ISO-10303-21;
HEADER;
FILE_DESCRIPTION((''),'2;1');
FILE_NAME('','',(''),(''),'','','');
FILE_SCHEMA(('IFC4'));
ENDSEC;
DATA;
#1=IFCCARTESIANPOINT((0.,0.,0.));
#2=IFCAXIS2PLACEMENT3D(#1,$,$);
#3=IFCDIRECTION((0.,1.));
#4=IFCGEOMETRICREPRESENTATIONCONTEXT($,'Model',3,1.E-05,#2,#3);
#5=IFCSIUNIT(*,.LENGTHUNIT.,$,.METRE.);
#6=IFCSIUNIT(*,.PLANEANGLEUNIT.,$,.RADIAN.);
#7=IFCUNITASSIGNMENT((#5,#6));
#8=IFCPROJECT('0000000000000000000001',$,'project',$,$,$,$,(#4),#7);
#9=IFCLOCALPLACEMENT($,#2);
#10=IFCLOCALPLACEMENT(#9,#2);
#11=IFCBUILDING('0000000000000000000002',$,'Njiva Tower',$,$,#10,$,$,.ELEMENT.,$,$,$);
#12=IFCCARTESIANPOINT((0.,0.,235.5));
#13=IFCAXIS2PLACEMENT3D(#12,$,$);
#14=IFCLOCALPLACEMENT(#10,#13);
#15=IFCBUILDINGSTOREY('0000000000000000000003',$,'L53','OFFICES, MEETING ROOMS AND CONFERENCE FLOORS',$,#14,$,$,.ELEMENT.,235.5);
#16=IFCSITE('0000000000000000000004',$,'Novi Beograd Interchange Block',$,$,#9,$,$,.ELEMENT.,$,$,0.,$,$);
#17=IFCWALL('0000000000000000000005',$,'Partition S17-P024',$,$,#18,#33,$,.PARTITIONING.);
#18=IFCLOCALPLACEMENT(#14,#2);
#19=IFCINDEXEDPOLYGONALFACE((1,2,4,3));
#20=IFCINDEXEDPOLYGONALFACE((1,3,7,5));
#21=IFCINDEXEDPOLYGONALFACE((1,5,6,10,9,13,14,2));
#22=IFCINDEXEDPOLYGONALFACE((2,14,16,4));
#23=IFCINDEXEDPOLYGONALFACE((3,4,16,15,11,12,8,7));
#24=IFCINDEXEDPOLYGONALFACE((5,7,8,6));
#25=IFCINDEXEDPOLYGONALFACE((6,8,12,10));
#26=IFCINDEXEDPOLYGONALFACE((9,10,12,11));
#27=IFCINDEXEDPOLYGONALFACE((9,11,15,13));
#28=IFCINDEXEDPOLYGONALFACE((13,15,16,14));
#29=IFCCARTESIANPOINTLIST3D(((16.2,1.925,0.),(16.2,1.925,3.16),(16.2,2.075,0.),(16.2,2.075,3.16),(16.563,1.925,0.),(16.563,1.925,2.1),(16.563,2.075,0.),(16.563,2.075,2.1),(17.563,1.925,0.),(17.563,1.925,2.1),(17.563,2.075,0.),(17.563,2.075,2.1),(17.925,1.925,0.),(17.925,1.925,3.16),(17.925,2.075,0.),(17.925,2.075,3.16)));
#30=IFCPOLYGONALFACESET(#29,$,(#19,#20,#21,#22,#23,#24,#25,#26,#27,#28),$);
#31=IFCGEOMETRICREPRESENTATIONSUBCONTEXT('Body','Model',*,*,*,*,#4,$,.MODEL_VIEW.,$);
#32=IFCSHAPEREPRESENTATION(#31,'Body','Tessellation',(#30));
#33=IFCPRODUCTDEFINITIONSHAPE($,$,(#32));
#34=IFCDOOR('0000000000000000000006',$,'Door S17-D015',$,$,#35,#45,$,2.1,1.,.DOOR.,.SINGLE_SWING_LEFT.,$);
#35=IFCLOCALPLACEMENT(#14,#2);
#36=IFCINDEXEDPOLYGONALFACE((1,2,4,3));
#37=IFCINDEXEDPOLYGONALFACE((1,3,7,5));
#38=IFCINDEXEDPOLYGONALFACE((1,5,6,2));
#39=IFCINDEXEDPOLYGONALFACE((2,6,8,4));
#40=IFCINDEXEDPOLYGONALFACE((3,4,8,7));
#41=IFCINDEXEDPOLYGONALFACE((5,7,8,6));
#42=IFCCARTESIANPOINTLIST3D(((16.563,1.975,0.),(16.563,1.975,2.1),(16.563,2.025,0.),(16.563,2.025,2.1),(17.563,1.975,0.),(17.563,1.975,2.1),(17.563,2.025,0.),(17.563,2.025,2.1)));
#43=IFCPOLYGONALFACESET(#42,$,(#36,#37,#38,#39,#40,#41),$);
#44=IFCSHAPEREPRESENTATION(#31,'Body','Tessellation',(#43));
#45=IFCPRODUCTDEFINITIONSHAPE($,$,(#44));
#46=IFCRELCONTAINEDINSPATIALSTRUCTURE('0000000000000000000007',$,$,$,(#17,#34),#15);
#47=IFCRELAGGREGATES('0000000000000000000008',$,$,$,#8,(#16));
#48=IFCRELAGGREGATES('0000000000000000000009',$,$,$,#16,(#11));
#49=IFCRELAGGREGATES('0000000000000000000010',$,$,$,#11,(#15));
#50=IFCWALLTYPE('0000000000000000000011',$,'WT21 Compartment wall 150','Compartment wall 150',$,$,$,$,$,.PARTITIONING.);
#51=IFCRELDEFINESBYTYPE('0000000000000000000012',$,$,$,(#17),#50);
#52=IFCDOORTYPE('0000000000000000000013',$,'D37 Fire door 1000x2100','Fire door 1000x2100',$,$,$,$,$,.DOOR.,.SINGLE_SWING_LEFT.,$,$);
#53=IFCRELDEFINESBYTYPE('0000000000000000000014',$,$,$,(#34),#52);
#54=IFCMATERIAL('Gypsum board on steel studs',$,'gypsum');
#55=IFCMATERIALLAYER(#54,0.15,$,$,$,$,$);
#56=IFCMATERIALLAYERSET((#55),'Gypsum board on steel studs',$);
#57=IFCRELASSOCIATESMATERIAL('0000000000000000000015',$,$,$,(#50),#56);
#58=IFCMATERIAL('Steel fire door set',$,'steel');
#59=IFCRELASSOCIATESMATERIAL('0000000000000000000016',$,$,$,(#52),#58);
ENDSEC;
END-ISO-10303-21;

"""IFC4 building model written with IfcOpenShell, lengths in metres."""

from ifc_helpers import new_model, si_unit, direction, frame, frame_2d, origin, place, context, subcontext, project, spatial, rectangle, extrude, material, layer, layer_set, type_object, element, fill, save


model = new_model("IFC4")

# Units and contexts
model_context = context("Model", 3, precision=1e-05, world=origin(), true_north=direction((0.0, 1.0)))
body_context = subcontext(model_context, "Body", "Model", "MODEL_VIEW")
ifc_project = project(units=[si_unit("LENGTHUNIT", "METRE"), si_unit("PLANEANGLEUNIT", "RADIAN")], contexts=[model_context])

# Site, building, storey
site_placement = place(None, origin())
site = spatial("IfcSite", under=ifc_project, at=site_placement, Name="Novi Beograd Interchange Block", CompositionType="ELEMENT", RefElevation=0.0)
building_placement = place(site_placement, origin())
building = spatial("IfcBuilding", under=site, at=building_placement, Name="Njiva Tower", CompositionType="ELEMENT")
storey_placement = place(building_placement, frame((0.0, 0.0, 235.5)))
storey = spatial("IfcBuildingStorey", under=building, at=storey_placement, Name="L53", Description="OFFICES, MEETING ROOMS AND CONFERENCE FLOORS", CompositionType="ELEMENT", Elevation=235.5)

# Shared definitions
ifc_material_1 = material(Name="Gypsum board on steel studs", Category="gypsum")

# Wall, opening, door
ifc_layer_1 = layer(ifc_material_1, 0.15)
ifc_layer_set_1 = layer_set([ifc_layer_1], Name="Gypsum board on steel studs")
wall_type_1 = type_object("IfcWallType", Name="WT21 Compartment wall 150", Description="Compartment wall 150", PredefinedType="PARTITIONING", material=ifc_layer_set_1)
wall_1_placement = place(storey_placement, frame((16.2, 2.0, 0.0), z_axis=(0.0, 0.0, 1.0), x_axis=(1.0, 0.0, 0.0)))
wall_1 = element("IfcWall", 1, at=wall_1_placement, inside=storey, type_object=wall_type_1, Name="Partition S17-P024", PredefinedType="PARTITIONING", context=body_context, shape_type="SweptSolid", body=[
    extrude(rectangle(XDim=1.725, YDim=0.15, at=frame_2d((0.8625, 0.0))), origin(), (0.0, 0.0, 1.0), 3.16),
])
opening_1_placement = place(wall_1_placement, frame((0.363, 0.0, 0.0)))
opening_1 = element("IfcOpeningElement", 2, at=opening_1_placement, cuts=wall_1, PredefinedType="OPENING", context=body_context, shape_type="SweptSolid", body=[
    extrude(rectangle(XDim=1.0, YDim=2.1, at=frame_2d((0.5, 1.05))), frame((0.0, 0.085, 0.0), z_axis=(0.0, -1.0, 0.0), x_axis=(1.0, 0.0, 0.0)), (0.0, 0.0, 1.0), 0.17),
])
ifc_material_2 = material(Name="Steel fire door set", Category="steel")
door_type_1 = type_object("IfcDoorType", Name="D37 Fire door 1000x2100", Description="Fire door 1000x2100", OperationType="SINGLE_SWING_LEFT", PredefinedType="DOOR", material=ifc_material_2)
door_1_placement = place(opening_1_placement, origin())
door_1 = element("IfcDoor", 3, at=door_1_placement, inside=storey, type_object=door_type_1, Name="Door S17-D015", OperationType="SINGLE_SWING_LEFT", OverallHeight=2.1, OverallWidth=1.0, PredefinedType="DOOR", context=body_context, shape_type="SweptSolid", body=[
    extrude(rectangle(XDim=1.0, YDim=2.1, at=frame_2d((0.5, 1.05))), frame((0.0, 0.025, 0.0), z_axis=(0.0, -1.0, 0.0), x_axis=(1.0, 0.0, 0.0)), (0.0, 0.0, 1.0), 0.05),
])
fill(opening_1, door_1)

save(model, "model.ifc")
